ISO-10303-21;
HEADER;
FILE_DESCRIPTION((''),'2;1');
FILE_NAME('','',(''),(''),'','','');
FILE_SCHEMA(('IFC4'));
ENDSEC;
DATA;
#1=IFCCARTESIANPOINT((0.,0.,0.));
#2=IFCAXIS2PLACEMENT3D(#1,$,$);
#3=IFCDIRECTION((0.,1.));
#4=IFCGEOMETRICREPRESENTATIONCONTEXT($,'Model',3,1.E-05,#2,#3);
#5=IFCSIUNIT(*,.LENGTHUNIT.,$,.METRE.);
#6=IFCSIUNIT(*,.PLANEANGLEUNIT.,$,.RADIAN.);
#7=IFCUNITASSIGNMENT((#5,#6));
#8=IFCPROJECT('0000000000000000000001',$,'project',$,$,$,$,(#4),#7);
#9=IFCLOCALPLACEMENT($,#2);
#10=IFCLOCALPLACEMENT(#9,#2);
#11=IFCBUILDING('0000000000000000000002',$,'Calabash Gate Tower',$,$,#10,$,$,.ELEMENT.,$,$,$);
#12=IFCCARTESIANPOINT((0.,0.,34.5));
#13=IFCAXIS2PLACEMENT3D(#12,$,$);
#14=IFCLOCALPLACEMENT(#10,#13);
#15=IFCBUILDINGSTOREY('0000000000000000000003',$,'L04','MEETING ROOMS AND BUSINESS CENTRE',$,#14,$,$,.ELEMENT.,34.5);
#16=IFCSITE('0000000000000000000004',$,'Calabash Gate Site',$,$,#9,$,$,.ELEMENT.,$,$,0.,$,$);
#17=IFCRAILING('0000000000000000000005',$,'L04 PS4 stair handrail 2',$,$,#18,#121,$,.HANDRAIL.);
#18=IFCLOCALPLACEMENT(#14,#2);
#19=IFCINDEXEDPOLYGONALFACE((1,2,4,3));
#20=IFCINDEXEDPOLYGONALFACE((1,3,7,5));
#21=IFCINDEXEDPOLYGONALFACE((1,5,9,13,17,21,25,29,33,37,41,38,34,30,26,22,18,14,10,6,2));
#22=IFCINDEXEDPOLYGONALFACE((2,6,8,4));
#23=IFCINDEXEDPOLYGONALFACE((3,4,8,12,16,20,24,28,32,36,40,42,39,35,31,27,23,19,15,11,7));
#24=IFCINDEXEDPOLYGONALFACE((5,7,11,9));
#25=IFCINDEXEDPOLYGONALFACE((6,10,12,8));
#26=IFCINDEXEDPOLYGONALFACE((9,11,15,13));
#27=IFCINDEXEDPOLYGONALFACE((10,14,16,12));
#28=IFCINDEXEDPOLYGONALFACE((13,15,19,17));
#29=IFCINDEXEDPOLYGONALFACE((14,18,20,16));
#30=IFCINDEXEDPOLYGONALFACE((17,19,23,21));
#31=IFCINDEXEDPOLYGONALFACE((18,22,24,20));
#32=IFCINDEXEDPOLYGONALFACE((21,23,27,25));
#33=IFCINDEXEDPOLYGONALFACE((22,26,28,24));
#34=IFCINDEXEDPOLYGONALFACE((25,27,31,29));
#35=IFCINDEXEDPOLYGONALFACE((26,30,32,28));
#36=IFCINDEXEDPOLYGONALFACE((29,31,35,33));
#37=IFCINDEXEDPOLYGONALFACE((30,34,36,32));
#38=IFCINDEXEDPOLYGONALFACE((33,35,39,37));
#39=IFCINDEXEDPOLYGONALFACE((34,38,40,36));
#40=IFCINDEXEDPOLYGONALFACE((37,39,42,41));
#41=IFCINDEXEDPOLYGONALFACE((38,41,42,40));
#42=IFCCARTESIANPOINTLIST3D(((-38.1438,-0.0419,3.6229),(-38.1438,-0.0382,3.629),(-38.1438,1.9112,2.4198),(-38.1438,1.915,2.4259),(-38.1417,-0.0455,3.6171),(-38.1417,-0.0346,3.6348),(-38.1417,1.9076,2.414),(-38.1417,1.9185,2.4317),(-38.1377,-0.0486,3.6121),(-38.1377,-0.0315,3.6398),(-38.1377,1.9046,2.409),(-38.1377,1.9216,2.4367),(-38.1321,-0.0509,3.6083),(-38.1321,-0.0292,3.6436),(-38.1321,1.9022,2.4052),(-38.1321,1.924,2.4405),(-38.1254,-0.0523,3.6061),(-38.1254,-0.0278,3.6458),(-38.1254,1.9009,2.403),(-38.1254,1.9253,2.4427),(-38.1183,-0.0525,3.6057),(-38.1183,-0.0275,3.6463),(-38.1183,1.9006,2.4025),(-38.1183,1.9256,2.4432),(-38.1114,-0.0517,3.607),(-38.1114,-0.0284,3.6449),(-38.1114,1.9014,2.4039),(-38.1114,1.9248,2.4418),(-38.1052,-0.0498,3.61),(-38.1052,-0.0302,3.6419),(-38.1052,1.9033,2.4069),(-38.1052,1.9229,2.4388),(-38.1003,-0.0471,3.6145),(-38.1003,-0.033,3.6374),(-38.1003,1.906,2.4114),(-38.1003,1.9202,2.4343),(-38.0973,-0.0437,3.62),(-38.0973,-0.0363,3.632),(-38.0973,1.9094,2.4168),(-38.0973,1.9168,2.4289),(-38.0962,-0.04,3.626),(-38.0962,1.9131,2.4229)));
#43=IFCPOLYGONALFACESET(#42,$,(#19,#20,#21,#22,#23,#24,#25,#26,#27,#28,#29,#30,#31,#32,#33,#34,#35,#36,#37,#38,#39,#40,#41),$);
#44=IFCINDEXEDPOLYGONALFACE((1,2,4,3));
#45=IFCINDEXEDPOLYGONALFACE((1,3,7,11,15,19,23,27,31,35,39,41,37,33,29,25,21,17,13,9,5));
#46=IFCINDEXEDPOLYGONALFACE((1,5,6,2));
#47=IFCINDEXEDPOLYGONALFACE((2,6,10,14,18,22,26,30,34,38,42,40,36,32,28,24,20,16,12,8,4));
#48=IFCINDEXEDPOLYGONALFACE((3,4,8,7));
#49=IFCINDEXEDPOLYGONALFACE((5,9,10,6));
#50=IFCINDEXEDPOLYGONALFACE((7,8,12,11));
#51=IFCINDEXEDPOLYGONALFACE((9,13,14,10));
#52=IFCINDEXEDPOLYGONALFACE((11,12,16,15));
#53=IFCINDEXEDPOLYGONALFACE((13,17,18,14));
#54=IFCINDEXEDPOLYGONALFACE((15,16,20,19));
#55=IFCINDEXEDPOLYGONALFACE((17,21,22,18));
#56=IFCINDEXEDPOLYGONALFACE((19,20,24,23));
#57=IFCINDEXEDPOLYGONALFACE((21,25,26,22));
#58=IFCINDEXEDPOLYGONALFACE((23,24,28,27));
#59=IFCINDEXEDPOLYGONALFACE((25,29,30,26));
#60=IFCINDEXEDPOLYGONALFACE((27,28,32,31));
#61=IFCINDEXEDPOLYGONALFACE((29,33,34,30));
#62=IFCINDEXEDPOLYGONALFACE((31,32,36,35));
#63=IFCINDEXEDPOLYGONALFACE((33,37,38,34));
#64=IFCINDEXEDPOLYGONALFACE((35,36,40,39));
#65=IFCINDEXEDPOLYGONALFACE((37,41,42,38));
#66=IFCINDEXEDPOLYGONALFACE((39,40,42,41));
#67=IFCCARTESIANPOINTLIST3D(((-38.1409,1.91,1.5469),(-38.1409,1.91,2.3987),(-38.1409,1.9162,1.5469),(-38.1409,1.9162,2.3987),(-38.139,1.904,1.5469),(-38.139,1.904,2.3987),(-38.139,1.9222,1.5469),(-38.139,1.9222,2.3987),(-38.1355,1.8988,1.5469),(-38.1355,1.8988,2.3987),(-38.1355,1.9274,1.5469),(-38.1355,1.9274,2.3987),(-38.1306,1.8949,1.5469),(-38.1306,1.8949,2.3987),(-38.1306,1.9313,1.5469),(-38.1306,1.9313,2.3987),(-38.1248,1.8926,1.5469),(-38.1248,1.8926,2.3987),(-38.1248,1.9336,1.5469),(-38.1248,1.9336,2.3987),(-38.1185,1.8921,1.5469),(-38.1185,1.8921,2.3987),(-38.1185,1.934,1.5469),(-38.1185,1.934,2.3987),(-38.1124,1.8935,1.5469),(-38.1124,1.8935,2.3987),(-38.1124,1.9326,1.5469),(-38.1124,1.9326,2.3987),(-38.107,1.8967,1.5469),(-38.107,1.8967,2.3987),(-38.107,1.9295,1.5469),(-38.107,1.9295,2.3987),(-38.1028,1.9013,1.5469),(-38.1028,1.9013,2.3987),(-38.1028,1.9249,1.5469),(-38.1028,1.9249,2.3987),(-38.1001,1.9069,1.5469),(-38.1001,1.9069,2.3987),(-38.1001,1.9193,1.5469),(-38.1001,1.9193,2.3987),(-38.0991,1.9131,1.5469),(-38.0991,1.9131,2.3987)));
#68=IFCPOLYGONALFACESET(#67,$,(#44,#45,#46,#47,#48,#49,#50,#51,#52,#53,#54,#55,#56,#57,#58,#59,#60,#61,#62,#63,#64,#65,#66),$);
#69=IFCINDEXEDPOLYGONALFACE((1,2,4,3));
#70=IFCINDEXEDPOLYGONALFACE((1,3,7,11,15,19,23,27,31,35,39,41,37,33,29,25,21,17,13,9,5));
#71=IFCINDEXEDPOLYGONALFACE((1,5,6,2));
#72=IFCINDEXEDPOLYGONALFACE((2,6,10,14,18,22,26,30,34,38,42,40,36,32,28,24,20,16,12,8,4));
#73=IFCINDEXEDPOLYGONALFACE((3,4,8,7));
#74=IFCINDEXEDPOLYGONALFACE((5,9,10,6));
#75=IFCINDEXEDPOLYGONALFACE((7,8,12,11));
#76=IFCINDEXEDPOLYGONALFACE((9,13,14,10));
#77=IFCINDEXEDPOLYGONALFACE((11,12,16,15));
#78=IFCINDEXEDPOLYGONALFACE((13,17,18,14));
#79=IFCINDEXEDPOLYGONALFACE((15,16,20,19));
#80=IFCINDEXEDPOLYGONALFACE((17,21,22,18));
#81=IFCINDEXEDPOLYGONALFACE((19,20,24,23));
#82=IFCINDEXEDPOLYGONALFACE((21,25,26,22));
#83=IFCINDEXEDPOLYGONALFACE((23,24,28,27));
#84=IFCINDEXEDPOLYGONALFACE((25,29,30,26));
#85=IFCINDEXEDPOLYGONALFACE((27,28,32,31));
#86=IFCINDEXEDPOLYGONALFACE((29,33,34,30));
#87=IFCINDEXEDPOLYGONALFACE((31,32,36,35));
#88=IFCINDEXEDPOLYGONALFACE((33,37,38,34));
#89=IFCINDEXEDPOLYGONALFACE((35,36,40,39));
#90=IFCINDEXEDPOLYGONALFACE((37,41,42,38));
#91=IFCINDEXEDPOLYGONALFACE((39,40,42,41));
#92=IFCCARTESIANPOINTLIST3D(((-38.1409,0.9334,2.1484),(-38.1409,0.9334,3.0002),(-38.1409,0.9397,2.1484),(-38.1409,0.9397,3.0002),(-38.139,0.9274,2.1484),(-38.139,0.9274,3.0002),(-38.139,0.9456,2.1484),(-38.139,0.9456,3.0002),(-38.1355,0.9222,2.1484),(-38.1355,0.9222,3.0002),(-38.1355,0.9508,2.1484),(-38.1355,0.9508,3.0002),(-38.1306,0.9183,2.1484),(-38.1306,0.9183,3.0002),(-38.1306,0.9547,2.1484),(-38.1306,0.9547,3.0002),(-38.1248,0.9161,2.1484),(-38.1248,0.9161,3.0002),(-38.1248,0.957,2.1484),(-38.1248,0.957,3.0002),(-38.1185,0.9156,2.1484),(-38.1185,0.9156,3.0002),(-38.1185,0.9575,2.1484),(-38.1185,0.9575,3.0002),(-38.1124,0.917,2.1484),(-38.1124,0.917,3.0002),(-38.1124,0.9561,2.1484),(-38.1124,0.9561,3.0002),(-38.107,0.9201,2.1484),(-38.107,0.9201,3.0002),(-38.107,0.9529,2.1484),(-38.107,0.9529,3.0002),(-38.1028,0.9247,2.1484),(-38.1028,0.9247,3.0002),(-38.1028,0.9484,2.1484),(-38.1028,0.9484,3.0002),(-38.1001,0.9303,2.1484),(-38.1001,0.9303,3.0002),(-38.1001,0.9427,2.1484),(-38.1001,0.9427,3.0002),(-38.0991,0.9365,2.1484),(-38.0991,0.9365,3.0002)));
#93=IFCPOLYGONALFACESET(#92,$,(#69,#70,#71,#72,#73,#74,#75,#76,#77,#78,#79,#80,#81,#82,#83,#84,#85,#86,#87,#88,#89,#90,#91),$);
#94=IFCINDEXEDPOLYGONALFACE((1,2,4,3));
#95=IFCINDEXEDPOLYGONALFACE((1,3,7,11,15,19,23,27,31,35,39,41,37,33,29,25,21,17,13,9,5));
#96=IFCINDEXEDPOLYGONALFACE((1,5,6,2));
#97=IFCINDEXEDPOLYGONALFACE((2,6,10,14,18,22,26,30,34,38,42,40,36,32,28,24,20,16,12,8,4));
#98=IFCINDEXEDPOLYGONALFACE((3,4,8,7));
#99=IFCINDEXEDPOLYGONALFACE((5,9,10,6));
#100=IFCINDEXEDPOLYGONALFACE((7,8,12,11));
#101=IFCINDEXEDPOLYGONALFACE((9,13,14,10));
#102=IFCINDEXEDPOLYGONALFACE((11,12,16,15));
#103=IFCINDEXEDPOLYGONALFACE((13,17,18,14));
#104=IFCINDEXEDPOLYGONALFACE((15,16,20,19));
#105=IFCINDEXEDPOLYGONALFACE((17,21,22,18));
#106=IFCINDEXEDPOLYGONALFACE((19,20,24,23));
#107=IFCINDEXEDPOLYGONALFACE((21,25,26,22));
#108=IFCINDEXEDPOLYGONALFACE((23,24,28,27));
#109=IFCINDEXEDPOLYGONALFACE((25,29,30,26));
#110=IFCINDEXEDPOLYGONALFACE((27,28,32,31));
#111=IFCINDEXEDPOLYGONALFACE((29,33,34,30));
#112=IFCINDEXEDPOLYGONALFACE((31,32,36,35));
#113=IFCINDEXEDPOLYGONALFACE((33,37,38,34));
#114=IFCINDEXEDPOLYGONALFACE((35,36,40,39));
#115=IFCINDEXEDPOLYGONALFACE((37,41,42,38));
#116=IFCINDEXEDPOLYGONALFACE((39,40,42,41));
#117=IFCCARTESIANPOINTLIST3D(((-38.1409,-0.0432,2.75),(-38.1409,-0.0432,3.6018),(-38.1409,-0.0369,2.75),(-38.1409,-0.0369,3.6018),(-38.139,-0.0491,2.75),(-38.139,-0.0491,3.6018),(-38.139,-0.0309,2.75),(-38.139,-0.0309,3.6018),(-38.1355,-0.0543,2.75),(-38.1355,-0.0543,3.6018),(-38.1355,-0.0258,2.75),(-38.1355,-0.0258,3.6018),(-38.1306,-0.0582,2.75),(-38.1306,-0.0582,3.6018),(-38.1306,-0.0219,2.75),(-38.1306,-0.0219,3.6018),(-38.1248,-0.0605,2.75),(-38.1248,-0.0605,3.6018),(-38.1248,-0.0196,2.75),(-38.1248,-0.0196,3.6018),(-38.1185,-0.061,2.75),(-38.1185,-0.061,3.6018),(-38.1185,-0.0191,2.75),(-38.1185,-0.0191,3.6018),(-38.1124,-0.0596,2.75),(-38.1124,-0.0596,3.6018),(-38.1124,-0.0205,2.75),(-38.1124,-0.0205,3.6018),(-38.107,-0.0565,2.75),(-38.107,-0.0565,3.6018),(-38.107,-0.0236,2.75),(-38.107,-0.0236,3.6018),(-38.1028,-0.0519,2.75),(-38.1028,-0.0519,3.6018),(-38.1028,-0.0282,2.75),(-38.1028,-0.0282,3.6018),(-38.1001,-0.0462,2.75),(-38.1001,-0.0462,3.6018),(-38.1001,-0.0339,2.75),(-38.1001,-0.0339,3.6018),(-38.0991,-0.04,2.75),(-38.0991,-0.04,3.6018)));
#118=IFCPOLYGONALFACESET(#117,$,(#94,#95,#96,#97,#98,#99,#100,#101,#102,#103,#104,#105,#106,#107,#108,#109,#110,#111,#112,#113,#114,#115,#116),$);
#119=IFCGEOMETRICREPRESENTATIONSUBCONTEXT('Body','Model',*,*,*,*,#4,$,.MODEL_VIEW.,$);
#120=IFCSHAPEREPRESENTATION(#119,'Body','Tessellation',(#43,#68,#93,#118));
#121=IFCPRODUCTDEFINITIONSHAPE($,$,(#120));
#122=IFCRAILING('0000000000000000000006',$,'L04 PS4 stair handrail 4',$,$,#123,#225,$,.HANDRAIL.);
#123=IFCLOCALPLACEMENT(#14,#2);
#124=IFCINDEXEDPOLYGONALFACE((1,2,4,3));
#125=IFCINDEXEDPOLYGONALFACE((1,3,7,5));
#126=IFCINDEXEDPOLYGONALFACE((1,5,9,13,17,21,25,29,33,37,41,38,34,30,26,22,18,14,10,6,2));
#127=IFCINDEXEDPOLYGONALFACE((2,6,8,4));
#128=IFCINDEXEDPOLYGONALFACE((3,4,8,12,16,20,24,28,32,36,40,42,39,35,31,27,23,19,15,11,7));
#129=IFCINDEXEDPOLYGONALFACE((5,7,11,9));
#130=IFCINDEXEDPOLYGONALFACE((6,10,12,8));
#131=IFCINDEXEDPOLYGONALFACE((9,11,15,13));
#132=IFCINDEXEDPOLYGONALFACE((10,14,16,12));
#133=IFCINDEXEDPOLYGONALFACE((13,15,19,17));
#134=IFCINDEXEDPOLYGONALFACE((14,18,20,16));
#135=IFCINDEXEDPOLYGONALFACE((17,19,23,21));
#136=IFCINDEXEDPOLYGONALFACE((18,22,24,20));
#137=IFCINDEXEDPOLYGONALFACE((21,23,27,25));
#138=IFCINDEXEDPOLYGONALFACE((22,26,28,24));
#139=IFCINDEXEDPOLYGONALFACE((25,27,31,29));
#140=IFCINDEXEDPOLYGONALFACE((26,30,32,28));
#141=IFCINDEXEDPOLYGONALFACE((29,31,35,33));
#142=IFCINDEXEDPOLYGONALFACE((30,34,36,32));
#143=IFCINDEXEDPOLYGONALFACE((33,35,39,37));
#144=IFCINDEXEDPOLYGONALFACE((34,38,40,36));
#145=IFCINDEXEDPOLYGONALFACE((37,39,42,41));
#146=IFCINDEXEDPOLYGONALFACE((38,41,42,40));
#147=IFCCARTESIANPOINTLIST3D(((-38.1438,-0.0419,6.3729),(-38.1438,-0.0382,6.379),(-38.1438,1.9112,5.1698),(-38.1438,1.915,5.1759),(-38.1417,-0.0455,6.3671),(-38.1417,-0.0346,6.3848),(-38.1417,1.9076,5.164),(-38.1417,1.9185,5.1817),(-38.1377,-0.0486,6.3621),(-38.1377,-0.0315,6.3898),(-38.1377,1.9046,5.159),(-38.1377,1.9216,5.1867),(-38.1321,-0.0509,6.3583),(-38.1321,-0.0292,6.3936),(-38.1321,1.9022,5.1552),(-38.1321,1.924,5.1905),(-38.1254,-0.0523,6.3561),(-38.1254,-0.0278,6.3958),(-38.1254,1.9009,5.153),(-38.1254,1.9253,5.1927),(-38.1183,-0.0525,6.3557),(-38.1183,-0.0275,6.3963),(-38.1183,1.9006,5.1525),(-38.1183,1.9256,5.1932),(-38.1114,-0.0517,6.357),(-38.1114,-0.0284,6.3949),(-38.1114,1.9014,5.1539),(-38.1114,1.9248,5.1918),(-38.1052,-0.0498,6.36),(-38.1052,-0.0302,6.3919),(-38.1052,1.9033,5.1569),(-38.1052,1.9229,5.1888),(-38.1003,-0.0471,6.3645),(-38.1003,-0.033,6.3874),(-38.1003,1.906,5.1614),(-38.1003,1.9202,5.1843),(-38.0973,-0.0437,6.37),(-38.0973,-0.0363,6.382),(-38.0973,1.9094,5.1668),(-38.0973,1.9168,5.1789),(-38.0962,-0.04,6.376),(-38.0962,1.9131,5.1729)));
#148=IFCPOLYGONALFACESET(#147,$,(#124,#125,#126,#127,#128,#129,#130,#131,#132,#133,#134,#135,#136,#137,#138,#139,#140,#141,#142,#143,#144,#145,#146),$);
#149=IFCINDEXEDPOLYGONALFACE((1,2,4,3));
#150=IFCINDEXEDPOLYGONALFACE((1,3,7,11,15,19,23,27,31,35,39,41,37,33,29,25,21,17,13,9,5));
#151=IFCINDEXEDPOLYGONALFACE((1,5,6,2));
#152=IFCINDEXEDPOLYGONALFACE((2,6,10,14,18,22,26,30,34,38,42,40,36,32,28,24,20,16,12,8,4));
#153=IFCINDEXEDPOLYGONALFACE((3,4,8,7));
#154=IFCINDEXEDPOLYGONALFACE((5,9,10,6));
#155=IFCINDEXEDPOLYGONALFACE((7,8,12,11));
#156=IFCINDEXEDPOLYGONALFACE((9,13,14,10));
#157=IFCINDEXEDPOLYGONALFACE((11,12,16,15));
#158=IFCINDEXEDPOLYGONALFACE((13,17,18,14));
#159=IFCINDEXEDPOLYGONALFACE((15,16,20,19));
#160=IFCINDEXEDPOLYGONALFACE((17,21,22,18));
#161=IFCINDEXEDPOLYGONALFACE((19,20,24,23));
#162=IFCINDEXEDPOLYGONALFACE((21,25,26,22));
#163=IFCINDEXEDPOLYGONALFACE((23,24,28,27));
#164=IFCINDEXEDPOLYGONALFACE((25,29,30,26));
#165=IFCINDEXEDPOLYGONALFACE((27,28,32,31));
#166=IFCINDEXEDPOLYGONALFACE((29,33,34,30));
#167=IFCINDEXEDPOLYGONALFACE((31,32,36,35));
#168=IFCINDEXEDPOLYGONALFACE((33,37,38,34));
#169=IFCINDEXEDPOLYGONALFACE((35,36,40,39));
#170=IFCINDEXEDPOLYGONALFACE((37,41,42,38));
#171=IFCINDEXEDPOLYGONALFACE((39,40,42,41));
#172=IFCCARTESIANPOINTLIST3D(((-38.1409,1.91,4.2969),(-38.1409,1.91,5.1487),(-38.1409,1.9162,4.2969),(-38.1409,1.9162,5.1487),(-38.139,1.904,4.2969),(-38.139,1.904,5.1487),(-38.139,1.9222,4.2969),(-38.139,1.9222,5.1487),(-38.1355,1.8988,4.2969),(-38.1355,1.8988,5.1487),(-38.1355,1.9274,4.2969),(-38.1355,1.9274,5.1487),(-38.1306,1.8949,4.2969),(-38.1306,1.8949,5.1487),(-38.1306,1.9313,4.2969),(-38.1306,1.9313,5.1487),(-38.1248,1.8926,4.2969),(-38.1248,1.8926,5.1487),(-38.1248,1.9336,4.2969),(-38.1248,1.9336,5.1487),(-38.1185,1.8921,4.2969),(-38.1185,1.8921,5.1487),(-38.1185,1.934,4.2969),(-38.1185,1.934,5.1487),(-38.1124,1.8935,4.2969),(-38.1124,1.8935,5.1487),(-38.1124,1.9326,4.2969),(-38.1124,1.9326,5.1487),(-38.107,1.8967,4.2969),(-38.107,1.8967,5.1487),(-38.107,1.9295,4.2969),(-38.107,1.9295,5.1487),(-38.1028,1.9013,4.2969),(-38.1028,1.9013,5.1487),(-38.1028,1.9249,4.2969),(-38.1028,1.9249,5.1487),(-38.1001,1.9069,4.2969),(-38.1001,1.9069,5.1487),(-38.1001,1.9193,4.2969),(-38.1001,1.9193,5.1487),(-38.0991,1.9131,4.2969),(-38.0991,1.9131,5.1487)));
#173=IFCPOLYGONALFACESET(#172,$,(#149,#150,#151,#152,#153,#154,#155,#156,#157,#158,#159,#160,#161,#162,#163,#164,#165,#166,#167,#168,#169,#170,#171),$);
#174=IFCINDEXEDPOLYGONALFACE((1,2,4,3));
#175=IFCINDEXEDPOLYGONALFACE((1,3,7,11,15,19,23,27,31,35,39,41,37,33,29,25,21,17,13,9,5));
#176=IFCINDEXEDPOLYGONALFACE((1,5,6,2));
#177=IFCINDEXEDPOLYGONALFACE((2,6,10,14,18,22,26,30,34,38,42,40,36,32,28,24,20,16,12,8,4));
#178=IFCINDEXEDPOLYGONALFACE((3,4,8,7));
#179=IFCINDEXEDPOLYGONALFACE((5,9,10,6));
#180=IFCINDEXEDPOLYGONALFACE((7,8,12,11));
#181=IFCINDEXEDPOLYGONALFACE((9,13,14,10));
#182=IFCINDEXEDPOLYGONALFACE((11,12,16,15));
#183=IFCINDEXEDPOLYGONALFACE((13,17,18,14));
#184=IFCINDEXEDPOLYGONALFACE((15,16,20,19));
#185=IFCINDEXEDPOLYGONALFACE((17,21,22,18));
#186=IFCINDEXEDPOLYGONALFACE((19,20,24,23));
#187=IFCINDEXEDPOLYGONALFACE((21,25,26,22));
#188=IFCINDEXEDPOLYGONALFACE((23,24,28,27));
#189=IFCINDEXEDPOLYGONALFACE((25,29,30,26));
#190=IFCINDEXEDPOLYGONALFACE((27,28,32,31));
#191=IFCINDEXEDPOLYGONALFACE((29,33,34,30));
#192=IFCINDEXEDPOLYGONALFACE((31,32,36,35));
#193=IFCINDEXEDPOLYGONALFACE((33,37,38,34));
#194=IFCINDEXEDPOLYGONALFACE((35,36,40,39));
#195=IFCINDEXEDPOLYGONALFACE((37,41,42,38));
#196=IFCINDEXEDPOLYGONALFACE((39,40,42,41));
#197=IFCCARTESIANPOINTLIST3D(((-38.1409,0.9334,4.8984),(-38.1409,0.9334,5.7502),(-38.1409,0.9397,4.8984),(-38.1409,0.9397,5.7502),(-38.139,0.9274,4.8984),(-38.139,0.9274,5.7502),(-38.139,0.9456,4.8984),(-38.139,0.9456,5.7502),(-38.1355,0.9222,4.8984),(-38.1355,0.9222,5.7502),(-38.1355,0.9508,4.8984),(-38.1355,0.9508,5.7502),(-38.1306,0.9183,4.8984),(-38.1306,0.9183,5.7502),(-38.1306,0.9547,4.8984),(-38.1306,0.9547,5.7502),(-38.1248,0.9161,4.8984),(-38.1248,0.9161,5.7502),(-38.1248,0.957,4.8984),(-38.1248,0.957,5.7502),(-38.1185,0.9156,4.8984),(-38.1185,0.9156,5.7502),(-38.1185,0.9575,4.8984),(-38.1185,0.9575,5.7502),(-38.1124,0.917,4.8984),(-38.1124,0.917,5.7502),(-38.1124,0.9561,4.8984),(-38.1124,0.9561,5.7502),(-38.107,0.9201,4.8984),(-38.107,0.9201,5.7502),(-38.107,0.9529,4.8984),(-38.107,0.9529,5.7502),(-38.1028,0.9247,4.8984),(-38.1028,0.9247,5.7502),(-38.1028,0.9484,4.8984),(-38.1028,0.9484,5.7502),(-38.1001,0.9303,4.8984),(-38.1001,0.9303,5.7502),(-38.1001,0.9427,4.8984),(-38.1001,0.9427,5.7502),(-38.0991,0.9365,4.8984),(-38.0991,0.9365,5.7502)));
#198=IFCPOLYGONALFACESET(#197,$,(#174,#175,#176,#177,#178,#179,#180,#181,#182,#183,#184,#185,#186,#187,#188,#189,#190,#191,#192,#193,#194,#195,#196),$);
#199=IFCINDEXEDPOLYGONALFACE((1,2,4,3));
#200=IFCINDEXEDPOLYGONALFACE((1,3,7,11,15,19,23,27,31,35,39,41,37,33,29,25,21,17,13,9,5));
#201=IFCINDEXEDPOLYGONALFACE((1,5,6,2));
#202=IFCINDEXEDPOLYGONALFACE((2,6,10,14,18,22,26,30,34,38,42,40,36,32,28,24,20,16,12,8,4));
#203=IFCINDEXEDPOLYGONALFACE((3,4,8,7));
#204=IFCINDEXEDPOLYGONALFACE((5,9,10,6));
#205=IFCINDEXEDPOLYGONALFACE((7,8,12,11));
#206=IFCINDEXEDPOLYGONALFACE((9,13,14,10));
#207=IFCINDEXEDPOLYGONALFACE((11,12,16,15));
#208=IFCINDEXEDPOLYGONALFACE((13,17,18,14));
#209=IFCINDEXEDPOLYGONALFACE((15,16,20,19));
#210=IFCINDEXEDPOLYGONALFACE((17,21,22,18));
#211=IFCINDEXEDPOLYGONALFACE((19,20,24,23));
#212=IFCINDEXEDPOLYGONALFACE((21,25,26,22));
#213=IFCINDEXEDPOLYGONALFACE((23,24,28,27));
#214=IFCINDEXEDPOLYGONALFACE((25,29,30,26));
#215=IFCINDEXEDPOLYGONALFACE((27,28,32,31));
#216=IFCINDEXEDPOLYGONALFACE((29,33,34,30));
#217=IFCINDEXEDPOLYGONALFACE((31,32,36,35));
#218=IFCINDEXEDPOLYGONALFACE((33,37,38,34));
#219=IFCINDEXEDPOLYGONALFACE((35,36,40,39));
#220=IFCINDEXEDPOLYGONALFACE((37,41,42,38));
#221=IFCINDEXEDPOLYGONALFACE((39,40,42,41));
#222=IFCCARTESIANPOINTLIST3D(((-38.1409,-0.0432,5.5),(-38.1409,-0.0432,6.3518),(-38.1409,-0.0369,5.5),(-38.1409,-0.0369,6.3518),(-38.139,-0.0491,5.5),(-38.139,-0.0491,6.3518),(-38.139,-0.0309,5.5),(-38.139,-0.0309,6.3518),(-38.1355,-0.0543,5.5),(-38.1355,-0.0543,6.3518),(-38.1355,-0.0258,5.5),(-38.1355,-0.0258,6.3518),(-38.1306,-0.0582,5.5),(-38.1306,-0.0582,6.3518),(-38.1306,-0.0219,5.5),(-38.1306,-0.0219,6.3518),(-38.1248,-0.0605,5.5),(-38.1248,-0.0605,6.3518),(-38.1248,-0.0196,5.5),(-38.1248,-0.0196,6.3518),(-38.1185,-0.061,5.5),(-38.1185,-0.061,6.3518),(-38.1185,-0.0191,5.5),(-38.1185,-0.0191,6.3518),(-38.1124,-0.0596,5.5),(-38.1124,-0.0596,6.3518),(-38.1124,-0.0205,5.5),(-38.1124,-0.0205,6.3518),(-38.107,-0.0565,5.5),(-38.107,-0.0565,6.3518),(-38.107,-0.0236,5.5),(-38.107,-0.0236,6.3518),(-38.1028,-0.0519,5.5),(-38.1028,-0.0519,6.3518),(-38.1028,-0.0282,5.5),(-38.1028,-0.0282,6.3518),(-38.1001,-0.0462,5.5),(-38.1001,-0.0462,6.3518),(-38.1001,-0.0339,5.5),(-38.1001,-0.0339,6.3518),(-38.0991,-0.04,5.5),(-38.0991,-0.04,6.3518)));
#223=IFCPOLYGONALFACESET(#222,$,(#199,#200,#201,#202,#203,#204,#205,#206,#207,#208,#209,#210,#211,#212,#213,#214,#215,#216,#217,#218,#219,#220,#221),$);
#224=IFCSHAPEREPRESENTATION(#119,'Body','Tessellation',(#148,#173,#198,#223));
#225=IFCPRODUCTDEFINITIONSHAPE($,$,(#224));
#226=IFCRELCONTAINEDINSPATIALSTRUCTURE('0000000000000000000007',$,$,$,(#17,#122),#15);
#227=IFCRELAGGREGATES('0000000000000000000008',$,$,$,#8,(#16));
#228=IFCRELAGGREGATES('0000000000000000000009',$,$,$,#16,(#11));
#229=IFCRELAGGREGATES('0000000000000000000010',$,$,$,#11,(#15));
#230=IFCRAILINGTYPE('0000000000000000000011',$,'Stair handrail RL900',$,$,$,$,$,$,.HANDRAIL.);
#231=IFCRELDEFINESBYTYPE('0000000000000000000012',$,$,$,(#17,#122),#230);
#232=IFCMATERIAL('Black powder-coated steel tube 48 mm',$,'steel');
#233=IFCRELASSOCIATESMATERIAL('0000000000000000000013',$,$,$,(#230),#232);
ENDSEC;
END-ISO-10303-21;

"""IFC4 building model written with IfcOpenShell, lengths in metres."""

from ifc_helpers import new_model, si_unit, direction, frame, origin, origin_2d, place, context, subcontext, project, spatial, circle, extrude, material, type_object, element, save


model = new_model("IFC4")

# Units and contexts
model_context = context("Model", 3, precision=1e-05, world=origin(), true_north=direction((0.0, 1.0)))
body_context = subcontext(model_context, "Body", "Model", "MODEL_VIEW")
ifc_project = project(units=[si_unit("LENGTHUNIT", "METRE"), si_unit("PLANEANGLEUNIT", "RADIAN")], contexts=[model_context])

# Site, building, storey
site_placement = place(None, origin())
site = spatial("IfcSite", under=ifc_project, at=site_placement, Name="Calabash Gate Site", CompositionType="ELEMENT", RefElevation=0.0)
building_placement = place(site_placement, origin())
building = spatial("IfcBuilding", under=site, at=building_placement, Name="Calabash Gate Tower", CompositionType="ELEMENT")
storey_placement = place(building_placement, frame((0.0, 0.0, 34.5)))
storey = spatial("IfcBuildingStorey", under=building, at=storey_placement, Name="L04", Description="MEETING ROOMS AND BUSINESS CENTRE", CompositionType="ELEMENT", Elevation=34.5)

# Railings
ifc_material_1 = material(Name="Black powder-coated steel tube 48 mm", Category="steel")
railing_type_1 = type_object("IfcRailingType", Name="Stair handrail RL900", PredefinedType="HANDRAIL", material=ifc_material_1)
for number, where, name in (
    (1, (-38.1201, 1.9131, 1.5469), "L04 PS4 stair handrail 2"),
    (2, (-38.1201, 1.9131, 4.2969), "L04 PS4 stair handrail 4"),
):
    element("IfcRailing", number, at=place(storey_placement, frame(where)), inside=storey, type_object=railing_type_1, Name=name, PredefinedType="HANDRAIL", context=body_context, shape_type="SweptSolid", body=[
        extrude(circle(Radius=0.0239, at=origin_2d()), frame((0.0, 0.0, 0.876), z_axis=(0.0, -0.851424, 0.524477), x_axis=(1.0, 0.0, 0.0)), (0.0, 0.0, 1.0), 2.2939),
        extrude(circle(Radius=0.021, at=origin_2d()), origin(), (0.0, 0.0, 1.0), 0.8518),
        extrude(circle(Radius=0.021, at=origin_2d()), frame((0.0, -0.9766, 0.6016)), (0.0, 0.0, 1.0), 0.8518),
        extrude(circle(Radius=0.021, at=origin_2d()), frame((0.0, -1.9531, 1.2031)), (0.0, 0.0, 1.0), 0.8518),
    ])

save(model, "model.ifc")
